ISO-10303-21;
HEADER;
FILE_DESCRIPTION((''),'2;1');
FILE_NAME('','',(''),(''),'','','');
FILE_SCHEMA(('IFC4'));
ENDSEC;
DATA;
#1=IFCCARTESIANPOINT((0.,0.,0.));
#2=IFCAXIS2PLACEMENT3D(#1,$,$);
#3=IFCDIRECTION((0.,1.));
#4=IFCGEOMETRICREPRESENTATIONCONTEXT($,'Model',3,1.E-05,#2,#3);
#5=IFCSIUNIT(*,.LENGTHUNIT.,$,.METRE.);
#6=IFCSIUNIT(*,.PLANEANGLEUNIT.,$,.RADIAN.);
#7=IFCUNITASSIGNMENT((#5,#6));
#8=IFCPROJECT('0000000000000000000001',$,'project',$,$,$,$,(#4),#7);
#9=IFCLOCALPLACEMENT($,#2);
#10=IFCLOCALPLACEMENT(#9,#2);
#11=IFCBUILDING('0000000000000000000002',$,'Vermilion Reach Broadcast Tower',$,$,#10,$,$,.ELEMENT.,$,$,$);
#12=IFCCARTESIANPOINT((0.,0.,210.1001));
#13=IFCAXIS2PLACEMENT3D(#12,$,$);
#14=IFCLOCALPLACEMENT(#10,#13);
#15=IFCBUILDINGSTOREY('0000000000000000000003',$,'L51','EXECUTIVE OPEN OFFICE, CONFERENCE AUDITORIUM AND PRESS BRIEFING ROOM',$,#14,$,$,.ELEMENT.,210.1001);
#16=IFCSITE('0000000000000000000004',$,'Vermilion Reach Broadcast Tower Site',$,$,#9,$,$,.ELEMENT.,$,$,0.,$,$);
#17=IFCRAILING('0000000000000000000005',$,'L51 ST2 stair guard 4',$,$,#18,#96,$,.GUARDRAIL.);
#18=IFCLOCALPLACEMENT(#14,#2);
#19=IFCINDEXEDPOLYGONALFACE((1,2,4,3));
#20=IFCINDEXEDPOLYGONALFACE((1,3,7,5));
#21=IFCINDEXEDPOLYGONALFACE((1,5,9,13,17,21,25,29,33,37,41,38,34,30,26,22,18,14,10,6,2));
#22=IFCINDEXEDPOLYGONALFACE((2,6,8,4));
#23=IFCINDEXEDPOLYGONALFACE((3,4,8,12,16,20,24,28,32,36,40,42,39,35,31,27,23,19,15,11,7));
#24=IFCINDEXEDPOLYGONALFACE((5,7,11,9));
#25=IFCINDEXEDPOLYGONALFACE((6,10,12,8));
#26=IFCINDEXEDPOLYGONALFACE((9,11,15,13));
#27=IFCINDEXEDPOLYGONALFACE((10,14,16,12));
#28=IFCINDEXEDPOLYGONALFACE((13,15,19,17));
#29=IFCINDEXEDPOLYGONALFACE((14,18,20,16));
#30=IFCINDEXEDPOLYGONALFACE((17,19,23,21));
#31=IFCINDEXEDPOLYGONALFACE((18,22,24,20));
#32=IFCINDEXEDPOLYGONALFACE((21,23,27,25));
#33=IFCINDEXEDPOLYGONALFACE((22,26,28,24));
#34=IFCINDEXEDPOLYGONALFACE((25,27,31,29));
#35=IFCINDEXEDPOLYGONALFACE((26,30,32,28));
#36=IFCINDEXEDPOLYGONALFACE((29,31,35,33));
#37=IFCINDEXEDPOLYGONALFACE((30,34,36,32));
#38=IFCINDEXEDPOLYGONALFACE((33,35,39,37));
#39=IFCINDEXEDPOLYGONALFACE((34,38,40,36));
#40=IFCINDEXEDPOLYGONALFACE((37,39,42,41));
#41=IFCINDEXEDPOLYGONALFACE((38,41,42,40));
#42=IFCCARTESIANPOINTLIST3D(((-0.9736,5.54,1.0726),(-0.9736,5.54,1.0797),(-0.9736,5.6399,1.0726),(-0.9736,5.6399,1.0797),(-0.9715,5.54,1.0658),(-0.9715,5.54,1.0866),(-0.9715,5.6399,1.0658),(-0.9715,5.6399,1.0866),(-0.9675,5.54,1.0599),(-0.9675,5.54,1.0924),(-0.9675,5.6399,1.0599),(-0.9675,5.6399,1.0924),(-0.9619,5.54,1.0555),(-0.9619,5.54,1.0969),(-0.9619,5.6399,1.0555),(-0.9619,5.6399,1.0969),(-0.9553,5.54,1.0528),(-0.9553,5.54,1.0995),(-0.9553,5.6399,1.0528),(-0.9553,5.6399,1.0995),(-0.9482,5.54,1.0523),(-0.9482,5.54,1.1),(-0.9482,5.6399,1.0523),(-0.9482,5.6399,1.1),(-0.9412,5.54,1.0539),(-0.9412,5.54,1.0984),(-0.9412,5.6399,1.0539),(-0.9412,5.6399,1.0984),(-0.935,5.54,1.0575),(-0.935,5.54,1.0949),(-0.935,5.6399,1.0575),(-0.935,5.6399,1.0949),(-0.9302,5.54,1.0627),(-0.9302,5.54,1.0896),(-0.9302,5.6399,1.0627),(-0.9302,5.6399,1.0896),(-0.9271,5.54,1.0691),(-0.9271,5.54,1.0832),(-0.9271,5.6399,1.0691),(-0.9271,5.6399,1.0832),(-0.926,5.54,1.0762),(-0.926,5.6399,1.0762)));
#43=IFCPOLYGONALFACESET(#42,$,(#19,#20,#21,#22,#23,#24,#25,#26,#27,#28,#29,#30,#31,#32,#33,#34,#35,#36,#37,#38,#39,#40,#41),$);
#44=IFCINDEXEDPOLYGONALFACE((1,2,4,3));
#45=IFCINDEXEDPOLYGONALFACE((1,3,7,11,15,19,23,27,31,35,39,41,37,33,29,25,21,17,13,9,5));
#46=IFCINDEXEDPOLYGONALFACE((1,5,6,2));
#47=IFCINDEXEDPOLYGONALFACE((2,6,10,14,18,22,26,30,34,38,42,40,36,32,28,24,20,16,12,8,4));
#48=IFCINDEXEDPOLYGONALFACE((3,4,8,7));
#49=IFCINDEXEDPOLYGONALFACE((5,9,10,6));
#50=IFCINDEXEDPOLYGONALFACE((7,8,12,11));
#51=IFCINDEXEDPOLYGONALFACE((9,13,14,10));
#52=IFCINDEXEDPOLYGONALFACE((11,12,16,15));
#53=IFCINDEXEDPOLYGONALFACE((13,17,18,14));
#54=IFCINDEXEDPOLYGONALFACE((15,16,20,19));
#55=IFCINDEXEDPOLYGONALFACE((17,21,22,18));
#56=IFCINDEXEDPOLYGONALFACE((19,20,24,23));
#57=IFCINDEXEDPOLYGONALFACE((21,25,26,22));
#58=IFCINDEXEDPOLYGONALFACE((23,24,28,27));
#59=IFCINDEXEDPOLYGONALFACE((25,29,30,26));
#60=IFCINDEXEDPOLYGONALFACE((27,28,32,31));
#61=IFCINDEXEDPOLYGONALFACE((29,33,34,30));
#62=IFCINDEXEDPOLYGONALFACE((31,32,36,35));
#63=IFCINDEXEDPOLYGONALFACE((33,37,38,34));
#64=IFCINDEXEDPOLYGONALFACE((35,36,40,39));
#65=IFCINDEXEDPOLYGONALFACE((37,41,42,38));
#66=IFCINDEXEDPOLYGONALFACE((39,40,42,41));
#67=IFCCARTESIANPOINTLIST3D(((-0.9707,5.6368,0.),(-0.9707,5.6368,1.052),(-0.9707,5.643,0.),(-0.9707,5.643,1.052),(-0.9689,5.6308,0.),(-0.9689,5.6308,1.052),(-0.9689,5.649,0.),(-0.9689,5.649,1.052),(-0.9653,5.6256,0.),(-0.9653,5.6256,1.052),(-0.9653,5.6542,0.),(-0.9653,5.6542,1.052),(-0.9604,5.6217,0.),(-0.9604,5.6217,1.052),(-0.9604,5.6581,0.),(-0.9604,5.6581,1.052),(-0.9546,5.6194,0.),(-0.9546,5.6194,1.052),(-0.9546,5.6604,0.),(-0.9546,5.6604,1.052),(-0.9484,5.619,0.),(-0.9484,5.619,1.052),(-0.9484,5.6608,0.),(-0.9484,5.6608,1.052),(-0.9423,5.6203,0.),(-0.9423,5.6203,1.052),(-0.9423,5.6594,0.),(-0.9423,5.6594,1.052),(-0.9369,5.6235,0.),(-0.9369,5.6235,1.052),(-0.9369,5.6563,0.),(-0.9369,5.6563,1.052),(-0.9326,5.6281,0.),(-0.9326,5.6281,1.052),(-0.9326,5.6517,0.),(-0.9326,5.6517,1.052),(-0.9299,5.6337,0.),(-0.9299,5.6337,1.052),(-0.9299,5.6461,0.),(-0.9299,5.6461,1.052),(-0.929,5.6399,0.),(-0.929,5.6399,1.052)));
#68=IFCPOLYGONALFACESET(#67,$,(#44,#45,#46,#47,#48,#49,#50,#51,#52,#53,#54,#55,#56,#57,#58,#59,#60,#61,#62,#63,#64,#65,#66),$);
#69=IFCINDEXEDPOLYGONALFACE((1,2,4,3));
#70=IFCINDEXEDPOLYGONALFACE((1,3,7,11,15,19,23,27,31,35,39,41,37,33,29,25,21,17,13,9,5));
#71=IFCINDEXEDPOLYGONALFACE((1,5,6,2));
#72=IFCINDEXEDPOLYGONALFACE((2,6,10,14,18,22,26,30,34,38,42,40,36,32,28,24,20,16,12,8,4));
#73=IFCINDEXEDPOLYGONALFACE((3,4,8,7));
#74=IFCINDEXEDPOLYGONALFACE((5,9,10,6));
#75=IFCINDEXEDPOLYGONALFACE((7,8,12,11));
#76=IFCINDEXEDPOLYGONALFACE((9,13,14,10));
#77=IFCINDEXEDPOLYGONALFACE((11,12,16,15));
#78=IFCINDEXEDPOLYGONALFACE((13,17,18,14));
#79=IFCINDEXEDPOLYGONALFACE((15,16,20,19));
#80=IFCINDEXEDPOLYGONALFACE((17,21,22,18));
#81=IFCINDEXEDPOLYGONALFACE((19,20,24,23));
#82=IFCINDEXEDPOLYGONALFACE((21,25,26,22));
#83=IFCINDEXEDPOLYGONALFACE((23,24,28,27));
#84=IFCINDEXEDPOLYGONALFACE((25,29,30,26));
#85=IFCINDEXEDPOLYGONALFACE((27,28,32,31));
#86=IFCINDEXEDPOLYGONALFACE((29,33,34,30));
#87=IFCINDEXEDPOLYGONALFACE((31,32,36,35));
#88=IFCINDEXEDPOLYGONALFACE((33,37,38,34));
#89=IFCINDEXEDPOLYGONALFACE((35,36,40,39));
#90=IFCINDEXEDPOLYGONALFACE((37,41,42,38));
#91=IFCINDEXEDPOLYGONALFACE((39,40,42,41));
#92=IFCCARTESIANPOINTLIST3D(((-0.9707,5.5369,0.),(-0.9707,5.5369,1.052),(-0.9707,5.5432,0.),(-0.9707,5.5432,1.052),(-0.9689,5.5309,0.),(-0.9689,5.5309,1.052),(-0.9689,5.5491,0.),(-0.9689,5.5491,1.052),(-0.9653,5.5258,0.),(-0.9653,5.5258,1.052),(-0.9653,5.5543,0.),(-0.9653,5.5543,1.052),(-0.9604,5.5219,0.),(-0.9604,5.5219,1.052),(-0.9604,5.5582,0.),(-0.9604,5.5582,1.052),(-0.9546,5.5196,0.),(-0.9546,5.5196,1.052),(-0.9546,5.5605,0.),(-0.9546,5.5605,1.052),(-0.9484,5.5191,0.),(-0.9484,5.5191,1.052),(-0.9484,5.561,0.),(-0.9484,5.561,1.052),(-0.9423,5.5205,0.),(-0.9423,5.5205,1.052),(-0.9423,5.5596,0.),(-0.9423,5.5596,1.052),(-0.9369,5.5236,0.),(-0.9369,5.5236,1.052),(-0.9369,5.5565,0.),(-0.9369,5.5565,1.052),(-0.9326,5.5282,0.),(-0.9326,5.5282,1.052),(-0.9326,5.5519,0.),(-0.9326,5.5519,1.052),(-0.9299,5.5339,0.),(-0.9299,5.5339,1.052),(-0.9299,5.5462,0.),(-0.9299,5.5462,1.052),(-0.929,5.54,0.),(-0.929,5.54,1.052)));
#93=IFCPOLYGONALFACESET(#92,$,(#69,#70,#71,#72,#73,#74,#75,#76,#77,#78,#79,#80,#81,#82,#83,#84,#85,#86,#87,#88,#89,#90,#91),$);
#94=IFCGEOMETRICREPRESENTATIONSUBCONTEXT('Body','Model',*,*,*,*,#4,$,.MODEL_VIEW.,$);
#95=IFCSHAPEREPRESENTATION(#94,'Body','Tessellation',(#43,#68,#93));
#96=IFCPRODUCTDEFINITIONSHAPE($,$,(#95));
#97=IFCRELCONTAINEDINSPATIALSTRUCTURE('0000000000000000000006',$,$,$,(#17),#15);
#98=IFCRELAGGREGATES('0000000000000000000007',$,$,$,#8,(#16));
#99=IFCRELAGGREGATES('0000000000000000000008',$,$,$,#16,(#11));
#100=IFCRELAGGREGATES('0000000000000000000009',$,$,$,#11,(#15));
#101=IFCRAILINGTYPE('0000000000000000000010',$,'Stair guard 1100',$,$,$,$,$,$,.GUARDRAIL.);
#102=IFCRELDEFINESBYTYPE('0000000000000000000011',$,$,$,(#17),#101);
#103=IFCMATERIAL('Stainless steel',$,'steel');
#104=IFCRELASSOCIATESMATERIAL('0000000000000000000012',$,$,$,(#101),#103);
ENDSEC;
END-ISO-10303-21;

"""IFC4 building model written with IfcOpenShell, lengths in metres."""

from ifc_helpers import new_model, si_unit, direction, frame, origin, origin_2d, place, context, subcontext, project, spatial, circle, extrude, material, type_object, element, save


model = new_model("IFC4")

# Units and contexts
model_context = context("Model", 3, precision=1e-05, world=origin(), true_north=direction((0.0, 1.0)))
body_context = subcontext(model_context, "Body", "Model", "MODEL_VIEW")
ifc_project = project(units=[si_unit("LENGTHUNIT", "METRE"), si_unit("PLANEANGLEUNIT", "RADIAN")], contexts=[model_context])

# Site, building, storey
site_placement = place(None, origin())
site = spatial("IfcSite", under=ifc_project, at=site_placement, Name="Vermilion Reach Broadcast Tower Site", CompositionType="ELEMENT", RefElevation=0.0)
building_placement = place(site_placement, origin())
building = spatial("IfcBuilding", under=site, at=building_placement, Name="Vermilion Reach Broadcast Tower", CompositionType="ELEMENT")
storey_placement = place(building_placement, frame((0.0, 0.0, 210.1001)))
storey = spatial("IfcBuildingStorey", under=building, at=storey_placement, Name="L51", Description="EXECUTIVE OPEN OFFICE, CONFERENCE AUDITORIUM AND PRESS BRIEFING ROOM", CompositionType="ELEMENT", Elevation=210.1001)

# Railing
ifc_material_1 = material(Name="Stainless steel", Category="steel")
railing_type_1 = type_object("IfcRailingType", Name="Stair guard 1100", PredefinedType="GUARDRAIL", material=ifc_material_1)
railing_1_placement = place(storey_placement, frame((-0.95, 5.6399, 0.0)))
element("IfcRailing", 1, at=railing_1_placement, inside=storey, type_object=railing_type_1, Name="L51 ST2 stair guard 4", PredefinedType="GUARDRAIL", context=body_context, shape_type="SweptSolid", body=[
    extrude(circle(Radius=0.0239, at=origin_2d()), frame((0.0, 0.0, 1.0762), z_axis=(0.0, -1.0, 0.0), x_axis=(1.0, 0.0, 0.0)), (0.0, 0.0, 1.0), 0.0999),
    extrude(circle(Radius=0.021, at=origin_2d()), origin(), (0.0, 0.0, 1.0), 1.052),
    extrude(circle(Radius=0.021, at=origin_2d()), frame((0.0, -0.0999, 0.0)), (0.0, 0.0, 1.0), 1.052),
])

save(model, "model.ifc")
